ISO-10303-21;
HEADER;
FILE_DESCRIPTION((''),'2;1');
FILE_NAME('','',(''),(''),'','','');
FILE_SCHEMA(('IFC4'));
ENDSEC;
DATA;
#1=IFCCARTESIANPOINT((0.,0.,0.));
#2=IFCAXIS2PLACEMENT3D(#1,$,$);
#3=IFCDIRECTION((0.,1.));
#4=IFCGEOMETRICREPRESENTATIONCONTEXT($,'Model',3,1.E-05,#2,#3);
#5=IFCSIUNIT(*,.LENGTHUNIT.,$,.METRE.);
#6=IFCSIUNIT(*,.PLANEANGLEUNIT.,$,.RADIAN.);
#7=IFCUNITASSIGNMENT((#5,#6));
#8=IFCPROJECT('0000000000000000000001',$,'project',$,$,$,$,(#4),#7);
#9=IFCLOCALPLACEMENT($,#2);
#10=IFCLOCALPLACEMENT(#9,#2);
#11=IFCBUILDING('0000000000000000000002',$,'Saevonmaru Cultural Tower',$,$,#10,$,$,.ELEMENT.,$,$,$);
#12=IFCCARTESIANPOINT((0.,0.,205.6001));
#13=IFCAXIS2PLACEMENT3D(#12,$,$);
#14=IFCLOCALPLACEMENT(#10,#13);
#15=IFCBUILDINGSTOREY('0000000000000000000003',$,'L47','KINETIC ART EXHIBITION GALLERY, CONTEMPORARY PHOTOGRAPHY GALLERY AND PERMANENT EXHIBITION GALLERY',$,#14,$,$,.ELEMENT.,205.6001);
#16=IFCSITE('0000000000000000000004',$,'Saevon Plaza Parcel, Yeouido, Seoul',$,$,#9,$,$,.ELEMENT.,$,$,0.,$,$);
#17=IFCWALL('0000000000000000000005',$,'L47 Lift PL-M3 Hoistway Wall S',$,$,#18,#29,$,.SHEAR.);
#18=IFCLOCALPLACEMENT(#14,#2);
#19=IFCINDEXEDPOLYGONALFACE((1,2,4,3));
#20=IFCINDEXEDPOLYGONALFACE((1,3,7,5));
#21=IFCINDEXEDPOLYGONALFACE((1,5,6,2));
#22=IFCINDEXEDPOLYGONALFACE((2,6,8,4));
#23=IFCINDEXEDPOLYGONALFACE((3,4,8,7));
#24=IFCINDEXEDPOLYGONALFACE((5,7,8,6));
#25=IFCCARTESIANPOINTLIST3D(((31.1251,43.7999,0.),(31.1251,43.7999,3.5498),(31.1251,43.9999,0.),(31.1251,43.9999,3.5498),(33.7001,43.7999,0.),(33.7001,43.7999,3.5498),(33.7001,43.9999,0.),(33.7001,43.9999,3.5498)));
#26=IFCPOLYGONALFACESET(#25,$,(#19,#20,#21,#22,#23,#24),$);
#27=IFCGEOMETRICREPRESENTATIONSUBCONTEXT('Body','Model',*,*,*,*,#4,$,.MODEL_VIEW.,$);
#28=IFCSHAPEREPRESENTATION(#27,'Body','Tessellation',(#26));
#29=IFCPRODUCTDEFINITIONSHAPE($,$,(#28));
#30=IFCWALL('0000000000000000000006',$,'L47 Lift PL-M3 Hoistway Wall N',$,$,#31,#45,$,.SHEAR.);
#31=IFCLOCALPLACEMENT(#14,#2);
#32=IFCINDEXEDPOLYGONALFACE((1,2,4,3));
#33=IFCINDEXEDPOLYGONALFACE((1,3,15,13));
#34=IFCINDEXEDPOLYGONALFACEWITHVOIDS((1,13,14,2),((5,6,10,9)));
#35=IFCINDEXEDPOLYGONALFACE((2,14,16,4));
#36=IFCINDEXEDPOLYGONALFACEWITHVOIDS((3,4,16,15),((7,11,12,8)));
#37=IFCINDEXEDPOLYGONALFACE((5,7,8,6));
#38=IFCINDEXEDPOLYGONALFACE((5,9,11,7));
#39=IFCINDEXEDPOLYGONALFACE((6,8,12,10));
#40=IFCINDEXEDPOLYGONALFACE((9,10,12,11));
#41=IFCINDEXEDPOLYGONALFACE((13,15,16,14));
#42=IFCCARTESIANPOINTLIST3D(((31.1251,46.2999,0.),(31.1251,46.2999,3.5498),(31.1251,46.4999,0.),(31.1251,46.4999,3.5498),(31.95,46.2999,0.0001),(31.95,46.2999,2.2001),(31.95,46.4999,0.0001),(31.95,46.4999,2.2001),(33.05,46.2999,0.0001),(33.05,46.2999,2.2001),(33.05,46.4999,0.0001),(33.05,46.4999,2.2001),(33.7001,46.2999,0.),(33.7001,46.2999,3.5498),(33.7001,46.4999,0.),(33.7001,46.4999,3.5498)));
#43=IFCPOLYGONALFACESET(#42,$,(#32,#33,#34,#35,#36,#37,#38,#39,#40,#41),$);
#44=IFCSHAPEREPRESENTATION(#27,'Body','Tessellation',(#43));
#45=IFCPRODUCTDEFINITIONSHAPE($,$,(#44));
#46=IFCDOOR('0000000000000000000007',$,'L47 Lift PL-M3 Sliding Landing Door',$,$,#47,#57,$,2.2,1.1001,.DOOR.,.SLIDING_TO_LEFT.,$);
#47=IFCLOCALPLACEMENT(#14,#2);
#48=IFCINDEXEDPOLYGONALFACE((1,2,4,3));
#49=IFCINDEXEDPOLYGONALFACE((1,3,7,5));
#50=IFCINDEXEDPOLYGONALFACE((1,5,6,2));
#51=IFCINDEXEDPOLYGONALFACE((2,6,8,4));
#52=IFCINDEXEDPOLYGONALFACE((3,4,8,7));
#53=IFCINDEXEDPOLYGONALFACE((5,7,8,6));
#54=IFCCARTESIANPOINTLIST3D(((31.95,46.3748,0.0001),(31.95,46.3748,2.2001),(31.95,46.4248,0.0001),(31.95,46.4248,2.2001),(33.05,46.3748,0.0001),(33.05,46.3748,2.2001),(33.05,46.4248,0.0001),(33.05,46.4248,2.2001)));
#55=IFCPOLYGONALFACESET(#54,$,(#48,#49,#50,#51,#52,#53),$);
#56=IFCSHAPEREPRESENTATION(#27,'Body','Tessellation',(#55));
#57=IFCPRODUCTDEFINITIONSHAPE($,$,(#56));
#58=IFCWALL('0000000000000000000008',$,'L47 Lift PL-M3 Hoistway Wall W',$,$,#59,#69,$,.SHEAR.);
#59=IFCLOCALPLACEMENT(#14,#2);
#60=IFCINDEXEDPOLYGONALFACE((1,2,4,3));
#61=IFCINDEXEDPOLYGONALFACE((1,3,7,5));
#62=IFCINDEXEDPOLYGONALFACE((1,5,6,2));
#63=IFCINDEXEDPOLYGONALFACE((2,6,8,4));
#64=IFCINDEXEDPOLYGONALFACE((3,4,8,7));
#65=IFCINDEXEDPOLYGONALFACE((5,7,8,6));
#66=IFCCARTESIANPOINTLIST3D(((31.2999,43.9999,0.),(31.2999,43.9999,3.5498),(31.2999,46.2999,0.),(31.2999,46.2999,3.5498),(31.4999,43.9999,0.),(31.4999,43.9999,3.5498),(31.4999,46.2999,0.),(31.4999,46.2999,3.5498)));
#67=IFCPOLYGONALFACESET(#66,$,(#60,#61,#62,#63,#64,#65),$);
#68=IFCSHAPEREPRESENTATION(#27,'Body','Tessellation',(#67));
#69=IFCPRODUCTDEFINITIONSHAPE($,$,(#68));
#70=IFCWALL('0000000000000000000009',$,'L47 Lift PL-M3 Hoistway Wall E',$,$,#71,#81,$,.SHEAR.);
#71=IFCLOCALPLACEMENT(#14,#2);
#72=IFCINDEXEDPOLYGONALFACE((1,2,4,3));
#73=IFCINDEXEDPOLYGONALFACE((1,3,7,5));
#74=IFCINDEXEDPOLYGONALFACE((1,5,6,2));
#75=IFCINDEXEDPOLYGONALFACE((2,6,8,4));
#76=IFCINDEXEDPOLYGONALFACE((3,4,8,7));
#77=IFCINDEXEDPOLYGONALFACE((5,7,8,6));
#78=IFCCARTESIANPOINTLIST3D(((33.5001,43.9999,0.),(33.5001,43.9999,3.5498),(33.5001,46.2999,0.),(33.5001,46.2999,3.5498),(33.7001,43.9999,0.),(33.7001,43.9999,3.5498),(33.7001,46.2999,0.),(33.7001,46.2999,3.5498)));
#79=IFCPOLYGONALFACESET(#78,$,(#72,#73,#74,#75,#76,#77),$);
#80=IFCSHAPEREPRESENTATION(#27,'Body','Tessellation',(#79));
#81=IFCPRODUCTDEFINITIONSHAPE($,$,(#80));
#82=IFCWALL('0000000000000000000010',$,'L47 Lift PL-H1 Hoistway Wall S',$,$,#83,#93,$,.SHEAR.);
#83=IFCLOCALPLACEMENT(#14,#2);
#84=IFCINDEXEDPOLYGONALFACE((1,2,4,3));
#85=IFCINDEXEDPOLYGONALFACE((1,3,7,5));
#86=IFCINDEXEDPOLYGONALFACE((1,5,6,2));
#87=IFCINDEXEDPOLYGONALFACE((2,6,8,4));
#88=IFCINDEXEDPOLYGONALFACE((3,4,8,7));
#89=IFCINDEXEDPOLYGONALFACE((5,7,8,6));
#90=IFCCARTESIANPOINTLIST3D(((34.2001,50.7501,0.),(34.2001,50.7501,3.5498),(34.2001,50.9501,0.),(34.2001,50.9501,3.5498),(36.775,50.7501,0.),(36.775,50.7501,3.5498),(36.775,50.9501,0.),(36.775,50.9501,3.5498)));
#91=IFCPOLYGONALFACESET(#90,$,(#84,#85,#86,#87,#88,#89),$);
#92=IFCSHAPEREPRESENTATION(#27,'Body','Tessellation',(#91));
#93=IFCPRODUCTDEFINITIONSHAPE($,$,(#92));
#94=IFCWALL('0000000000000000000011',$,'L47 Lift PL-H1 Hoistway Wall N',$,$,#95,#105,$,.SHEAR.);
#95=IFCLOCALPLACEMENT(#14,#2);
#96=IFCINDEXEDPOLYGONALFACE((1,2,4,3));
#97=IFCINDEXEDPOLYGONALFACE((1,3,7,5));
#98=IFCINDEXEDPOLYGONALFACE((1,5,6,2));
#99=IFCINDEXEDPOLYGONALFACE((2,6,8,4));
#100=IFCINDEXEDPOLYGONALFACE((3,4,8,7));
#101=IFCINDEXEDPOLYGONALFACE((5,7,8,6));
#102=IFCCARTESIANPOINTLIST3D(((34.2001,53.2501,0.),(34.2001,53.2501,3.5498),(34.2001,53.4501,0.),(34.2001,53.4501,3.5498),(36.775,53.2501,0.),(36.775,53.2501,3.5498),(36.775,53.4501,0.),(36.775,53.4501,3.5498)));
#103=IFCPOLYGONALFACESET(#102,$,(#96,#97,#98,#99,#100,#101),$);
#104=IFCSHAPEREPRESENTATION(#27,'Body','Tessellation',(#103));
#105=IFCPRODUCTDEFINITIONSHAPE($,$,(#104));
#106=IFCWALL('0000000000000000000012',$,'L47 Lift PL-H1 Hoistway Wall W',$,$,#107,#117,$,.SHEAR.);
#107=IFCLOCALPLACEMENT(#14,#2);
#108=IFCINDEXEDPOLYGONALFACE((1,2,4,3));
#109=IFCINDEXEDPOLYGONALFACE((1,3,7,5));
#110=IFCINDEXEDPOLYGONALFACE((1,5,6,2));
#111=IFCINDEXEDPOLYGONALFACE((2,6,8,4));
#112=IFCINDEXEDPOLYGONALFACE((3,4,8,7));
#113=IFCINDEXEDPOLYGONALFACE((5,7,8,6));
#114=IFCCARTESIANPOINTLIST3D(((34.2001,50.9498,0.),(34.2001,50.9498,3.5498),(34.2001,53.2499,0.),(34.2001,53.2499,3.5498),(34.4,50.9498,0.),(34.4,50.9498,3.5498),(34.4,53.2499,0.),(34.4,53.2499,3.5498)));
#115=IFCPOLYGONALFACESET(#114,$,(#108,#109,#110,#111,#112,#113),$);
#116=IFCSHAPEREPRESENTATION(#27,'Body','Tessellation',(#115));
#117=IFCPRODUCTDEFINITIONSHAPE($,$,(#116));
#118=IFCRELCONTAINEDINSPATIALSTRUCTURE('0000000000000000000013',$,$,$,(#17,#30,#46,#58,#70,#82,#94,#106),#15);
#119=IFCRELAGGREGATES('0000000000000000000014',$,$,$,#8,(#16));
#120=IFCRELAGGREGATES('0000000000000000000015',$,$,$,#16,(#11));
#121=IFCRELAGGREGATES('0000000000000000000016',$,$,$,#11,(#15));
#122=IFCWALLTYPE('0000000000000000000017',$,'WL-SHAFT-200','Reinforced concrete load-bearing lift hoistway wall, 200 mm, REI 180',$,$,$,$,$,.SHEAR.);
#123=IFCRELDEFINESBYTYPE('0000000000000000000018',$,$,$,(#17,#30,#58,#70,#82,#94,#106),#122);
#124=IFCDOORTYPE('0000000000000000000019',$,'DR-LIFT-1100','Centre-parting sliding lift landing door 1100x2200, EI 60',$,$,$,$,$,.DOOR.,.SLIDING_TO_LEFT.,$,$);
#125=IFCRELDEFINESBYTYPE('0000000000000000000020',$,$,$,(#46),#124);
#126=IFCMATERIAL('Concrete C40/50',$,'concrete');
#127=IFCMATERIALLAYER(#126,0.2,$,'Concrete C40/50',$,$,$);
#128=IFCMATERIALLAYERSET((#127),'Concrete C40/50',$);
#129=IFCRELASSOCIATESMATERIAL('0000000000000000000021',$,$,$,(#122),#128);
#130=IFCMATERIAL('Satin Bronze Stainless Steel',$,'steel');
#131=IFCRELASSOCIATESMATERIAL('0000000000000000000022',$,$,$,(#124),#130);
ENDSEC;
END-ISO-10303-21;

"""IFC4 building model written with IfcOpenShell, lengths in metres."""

from ifc_helpers import new_model, si_unit, direction, frame, frame_2d, origin, place, context, subcontext, project, spatial, rectangle, extrude, material, layer, layer_set, type_object, element, fill, save


model = new_model("IFC4")

# Units and contexts
model_context = context("Model", 3, precision=1e-05, world=origin(), true_north=direction((0.0, 1.0)))
body_context = subcontext(model_context, "Body", "Model", "MODEL_VIEW")
ifc_project = project(units=[si_unit("LENGTHUNIT", "METRE"), si_unit("PLANEANGLEUNIT", "RADIAN")], contexts=[model_context])

# Site, building, storey
site_placement = place(None, origin())
site = spatial("IfcSite", under=ifc_project, at=site_placement, Name="Saevon Plaza Parcel, Yeouido, Seoul", CompositionType="ELEMENT", RefElevation=0.0)
building_placement = place(site_placement, origin())
building = spatial("IfcBuilding", under=site, at=building_placement, Name="Saevonmaru Cultural Tower", CompositionType="ELEMENT")
storey_placement = place(building_placement, frame((0.0, 0.0, 205.6001)))
storey = spatial("IfcBuildingStorey", under=building, at=storey_placement, Name="L47", Description="KINETIC ART EXHIBITION GALLERY, CONTEMPORARY PHOTOGRAPHY GALLERY AND PERMANENT EXHIBITION GALLERY", CompositionType="ELEMENT", Elevation=205.6001)

# Shared definitions
ifc_material_1 = material(Name="Concrete C40/50", Category="concrete")
ifc_layer_1 = layer(ifc_material_1, 0.2, Name="Concrete C40/50")
ifc_layer_set_1 = layer_set([ifc_layer_1], Name="Concrete C40/50")
wall_type_1 = type_object("IfcWallType", Name="WL-SHAFT-200", Description="Reinforced concrete load-bearing lift hoistway wall, 200 mm, REI 180", PredefinedType="SHEAR", material=ifc_layer_set_1)

# Shared definitions
ifc_material_2 = material(Name="Satin Bronze Stainless Steel", Category="steel")
door_type_1 = type_object("IfcDoorType", Name="DR-LIFT-1100", Description="Centre-parting sliding lift landing door 1100x2200, EI 60", OperationType="SLIDING_TO_LEFT", PredefinedType="DOOR", material=ifc_material_2)

# Wall
wall_1_placement = place(storey_placement, frame((31.125, 43.8999, 0.0), z_axis=(0.0, 0.0, 1.0), x_axis=(1.0, 0.0, 0.0)))
element("IfcWall", 1, at=wall_1_placement, inside=storey, type_object=wall_type_1, Name="L47 Lift PL-M3 Hoistway Wall S", PredefinedType="SHEAR", context=body_context, shape_type="SweptSolid", body=[
    extrude(rectangle(XDim=2.575, YDim=0.2, at=frame_2d((1.2876, 0.0))), origin(), (0.0, 0.0, 1.0), 3.5498),
])

# Wall, opening, door
wall_2_placement = place(storey_placement, frame((31.125, 46.3999, 0.0), z_axis=(0.0, 0.0, 1.0), x_axis=(1.0, 0.0, 0.0)))
wall_2 = element("IfcWall", 2, at=wall_2_placement, inside=storey, type_object=wall_type_1, Name="L47 Lift PL-M3 Hoistway Wall N", PredefinedType="SHEAR", context=body_context, shape_type="SweptSolid", body=[
    extrude(rectangle(XDim=2.575, YDim=0.2, at=frame_2d((1.2876, 0.0))), origin(), (0.0, 0.0, 1.0), 3.5498),
])
opening_1_placement = place(wall_2_placement, frame((0.825, 0.0, 0.0)))
opening_1 = element("IfcOpeningElement", 3, at=opening_1_placement, cuts=wall_2, PredefinedType="OPENING", context=body_context, shape_type="SweptSolid", body=[
    extrude(rectangle(XDim=1.1001, YDim=2.2, at=frame_2d((0.55, 1.1001))), frame((0.0, 0.1099, 0.0), z_axis=(0.0, -1.0, 0.0), x_axis=(1.0, 0.0, 0.0)), (0.0, 0.0, 1.0), 0.22),
])
door_1_placement = place(opening_1_placement, origin())
door_1 = element("IfcDoor", 4, at=door_1_placement, inside=storey, type_object=door_type_1, Name="L47 Lift PL-M3 Sliding Landing Door", OperationType="SLIDING_TO_LEFT", OverallHeight=2.2, OverallWidth=1.1001, PredefinedType="DOOR", context=body_context, shape_type="SweptSolid", body=[
    extrude(rectangle(XDim=1.1001, YDim=2.2, at=frame_2d((0.55, 1.1001))), frame((0.0, 0.0249, 0.0), z_axis=(0.0, -1.0, 0.0), x_axis=(1.0, 0.0, 0.0)), (0.0, 0.0, 1.0), 0.05),
])
fill(opening_1, door_1)

# Walls
for number, where, z_axis, x_axis, name in (
    (5, (31.3999, 44.0, 0.0), (0.0, 0.0, 1.0), (0.0, 1.0, 0.0), "L47 Lift PL-M3 Hoistway Wall W"),
    (6, (33.6001, 44.0, 0.0), (0.0, 0.0, 1.0), (0.0, 1.0, 0.0), "L47 Lift PL-M3 Hoistway Wall E"),
):
    element("IfcWall", number, at=place(storey_placement, frame(where, z_axis=z_axis, x_axis=x_axis)), inside=storey, type_object=wall_type_1, Name=name, PredefinedType="SHEAR", context=body_context, shape_type="SweptSolid", body=[
        extrude(rectangle(XDim=2.3, YDim=0.2, at=frame_2d((1.1499, 0.0))), origin(), (0.0, 0.0, 1.0), 3.5498),
    ])
for number, where, z_axis, x_axis, name in (
    (7, (34.2, 50.8501, 0.0), (0.0, 0.0, 1.0), (1.0, 0.0, 0.0), "L47 Lift PL-H1 Hoistway Wall S"),
    (8, (34.2, 53.3501, 0.0), (0.0, 0.0, 1.0), (1.0, 0.0, 0.0), "L47 Lift PL-H1 Hoistway Wall N"),
):
    element("IfcWall", number, at=place(storey_placement, frame(where, z_axis=z_axis, x_axis=x_axis)), inside=storey, type_object=wall_type_1, Name=name, PredefinedType="SHEAR", context=body_context, shape_type="SweptSolid", body=[
        extrude(rectangle(XDim=2.575, YDim=0.2, at=frame_2d((1.2876, 0.0))), origin(), (0.0, 0.0, 1.0), 3.5498),
    ])
wall_3_placement = place(storey_placement, frame((34.3, 50.95, 0.0), z_axis=(0.0, 0.0, 1.0), x_axis=(0.0, 1.0, 0.0)))
element("IfcWall", 9, at=wall_3_placement, inside=storey, type_object=wall_type_1, Name="L47 Lift PL-H1 Hoistway Wall W", PredefinedType="SHEAR", context=body_context, shape_type="SweptSolid", body=[
    extrude(rectangle(XDim=2.3, YDim=0.2, at=frame_2d((1.1499, 0.0))), origin(), (0.0, 0.0, 1.0), 3.5498),
])

save(model, "model.ifc")
